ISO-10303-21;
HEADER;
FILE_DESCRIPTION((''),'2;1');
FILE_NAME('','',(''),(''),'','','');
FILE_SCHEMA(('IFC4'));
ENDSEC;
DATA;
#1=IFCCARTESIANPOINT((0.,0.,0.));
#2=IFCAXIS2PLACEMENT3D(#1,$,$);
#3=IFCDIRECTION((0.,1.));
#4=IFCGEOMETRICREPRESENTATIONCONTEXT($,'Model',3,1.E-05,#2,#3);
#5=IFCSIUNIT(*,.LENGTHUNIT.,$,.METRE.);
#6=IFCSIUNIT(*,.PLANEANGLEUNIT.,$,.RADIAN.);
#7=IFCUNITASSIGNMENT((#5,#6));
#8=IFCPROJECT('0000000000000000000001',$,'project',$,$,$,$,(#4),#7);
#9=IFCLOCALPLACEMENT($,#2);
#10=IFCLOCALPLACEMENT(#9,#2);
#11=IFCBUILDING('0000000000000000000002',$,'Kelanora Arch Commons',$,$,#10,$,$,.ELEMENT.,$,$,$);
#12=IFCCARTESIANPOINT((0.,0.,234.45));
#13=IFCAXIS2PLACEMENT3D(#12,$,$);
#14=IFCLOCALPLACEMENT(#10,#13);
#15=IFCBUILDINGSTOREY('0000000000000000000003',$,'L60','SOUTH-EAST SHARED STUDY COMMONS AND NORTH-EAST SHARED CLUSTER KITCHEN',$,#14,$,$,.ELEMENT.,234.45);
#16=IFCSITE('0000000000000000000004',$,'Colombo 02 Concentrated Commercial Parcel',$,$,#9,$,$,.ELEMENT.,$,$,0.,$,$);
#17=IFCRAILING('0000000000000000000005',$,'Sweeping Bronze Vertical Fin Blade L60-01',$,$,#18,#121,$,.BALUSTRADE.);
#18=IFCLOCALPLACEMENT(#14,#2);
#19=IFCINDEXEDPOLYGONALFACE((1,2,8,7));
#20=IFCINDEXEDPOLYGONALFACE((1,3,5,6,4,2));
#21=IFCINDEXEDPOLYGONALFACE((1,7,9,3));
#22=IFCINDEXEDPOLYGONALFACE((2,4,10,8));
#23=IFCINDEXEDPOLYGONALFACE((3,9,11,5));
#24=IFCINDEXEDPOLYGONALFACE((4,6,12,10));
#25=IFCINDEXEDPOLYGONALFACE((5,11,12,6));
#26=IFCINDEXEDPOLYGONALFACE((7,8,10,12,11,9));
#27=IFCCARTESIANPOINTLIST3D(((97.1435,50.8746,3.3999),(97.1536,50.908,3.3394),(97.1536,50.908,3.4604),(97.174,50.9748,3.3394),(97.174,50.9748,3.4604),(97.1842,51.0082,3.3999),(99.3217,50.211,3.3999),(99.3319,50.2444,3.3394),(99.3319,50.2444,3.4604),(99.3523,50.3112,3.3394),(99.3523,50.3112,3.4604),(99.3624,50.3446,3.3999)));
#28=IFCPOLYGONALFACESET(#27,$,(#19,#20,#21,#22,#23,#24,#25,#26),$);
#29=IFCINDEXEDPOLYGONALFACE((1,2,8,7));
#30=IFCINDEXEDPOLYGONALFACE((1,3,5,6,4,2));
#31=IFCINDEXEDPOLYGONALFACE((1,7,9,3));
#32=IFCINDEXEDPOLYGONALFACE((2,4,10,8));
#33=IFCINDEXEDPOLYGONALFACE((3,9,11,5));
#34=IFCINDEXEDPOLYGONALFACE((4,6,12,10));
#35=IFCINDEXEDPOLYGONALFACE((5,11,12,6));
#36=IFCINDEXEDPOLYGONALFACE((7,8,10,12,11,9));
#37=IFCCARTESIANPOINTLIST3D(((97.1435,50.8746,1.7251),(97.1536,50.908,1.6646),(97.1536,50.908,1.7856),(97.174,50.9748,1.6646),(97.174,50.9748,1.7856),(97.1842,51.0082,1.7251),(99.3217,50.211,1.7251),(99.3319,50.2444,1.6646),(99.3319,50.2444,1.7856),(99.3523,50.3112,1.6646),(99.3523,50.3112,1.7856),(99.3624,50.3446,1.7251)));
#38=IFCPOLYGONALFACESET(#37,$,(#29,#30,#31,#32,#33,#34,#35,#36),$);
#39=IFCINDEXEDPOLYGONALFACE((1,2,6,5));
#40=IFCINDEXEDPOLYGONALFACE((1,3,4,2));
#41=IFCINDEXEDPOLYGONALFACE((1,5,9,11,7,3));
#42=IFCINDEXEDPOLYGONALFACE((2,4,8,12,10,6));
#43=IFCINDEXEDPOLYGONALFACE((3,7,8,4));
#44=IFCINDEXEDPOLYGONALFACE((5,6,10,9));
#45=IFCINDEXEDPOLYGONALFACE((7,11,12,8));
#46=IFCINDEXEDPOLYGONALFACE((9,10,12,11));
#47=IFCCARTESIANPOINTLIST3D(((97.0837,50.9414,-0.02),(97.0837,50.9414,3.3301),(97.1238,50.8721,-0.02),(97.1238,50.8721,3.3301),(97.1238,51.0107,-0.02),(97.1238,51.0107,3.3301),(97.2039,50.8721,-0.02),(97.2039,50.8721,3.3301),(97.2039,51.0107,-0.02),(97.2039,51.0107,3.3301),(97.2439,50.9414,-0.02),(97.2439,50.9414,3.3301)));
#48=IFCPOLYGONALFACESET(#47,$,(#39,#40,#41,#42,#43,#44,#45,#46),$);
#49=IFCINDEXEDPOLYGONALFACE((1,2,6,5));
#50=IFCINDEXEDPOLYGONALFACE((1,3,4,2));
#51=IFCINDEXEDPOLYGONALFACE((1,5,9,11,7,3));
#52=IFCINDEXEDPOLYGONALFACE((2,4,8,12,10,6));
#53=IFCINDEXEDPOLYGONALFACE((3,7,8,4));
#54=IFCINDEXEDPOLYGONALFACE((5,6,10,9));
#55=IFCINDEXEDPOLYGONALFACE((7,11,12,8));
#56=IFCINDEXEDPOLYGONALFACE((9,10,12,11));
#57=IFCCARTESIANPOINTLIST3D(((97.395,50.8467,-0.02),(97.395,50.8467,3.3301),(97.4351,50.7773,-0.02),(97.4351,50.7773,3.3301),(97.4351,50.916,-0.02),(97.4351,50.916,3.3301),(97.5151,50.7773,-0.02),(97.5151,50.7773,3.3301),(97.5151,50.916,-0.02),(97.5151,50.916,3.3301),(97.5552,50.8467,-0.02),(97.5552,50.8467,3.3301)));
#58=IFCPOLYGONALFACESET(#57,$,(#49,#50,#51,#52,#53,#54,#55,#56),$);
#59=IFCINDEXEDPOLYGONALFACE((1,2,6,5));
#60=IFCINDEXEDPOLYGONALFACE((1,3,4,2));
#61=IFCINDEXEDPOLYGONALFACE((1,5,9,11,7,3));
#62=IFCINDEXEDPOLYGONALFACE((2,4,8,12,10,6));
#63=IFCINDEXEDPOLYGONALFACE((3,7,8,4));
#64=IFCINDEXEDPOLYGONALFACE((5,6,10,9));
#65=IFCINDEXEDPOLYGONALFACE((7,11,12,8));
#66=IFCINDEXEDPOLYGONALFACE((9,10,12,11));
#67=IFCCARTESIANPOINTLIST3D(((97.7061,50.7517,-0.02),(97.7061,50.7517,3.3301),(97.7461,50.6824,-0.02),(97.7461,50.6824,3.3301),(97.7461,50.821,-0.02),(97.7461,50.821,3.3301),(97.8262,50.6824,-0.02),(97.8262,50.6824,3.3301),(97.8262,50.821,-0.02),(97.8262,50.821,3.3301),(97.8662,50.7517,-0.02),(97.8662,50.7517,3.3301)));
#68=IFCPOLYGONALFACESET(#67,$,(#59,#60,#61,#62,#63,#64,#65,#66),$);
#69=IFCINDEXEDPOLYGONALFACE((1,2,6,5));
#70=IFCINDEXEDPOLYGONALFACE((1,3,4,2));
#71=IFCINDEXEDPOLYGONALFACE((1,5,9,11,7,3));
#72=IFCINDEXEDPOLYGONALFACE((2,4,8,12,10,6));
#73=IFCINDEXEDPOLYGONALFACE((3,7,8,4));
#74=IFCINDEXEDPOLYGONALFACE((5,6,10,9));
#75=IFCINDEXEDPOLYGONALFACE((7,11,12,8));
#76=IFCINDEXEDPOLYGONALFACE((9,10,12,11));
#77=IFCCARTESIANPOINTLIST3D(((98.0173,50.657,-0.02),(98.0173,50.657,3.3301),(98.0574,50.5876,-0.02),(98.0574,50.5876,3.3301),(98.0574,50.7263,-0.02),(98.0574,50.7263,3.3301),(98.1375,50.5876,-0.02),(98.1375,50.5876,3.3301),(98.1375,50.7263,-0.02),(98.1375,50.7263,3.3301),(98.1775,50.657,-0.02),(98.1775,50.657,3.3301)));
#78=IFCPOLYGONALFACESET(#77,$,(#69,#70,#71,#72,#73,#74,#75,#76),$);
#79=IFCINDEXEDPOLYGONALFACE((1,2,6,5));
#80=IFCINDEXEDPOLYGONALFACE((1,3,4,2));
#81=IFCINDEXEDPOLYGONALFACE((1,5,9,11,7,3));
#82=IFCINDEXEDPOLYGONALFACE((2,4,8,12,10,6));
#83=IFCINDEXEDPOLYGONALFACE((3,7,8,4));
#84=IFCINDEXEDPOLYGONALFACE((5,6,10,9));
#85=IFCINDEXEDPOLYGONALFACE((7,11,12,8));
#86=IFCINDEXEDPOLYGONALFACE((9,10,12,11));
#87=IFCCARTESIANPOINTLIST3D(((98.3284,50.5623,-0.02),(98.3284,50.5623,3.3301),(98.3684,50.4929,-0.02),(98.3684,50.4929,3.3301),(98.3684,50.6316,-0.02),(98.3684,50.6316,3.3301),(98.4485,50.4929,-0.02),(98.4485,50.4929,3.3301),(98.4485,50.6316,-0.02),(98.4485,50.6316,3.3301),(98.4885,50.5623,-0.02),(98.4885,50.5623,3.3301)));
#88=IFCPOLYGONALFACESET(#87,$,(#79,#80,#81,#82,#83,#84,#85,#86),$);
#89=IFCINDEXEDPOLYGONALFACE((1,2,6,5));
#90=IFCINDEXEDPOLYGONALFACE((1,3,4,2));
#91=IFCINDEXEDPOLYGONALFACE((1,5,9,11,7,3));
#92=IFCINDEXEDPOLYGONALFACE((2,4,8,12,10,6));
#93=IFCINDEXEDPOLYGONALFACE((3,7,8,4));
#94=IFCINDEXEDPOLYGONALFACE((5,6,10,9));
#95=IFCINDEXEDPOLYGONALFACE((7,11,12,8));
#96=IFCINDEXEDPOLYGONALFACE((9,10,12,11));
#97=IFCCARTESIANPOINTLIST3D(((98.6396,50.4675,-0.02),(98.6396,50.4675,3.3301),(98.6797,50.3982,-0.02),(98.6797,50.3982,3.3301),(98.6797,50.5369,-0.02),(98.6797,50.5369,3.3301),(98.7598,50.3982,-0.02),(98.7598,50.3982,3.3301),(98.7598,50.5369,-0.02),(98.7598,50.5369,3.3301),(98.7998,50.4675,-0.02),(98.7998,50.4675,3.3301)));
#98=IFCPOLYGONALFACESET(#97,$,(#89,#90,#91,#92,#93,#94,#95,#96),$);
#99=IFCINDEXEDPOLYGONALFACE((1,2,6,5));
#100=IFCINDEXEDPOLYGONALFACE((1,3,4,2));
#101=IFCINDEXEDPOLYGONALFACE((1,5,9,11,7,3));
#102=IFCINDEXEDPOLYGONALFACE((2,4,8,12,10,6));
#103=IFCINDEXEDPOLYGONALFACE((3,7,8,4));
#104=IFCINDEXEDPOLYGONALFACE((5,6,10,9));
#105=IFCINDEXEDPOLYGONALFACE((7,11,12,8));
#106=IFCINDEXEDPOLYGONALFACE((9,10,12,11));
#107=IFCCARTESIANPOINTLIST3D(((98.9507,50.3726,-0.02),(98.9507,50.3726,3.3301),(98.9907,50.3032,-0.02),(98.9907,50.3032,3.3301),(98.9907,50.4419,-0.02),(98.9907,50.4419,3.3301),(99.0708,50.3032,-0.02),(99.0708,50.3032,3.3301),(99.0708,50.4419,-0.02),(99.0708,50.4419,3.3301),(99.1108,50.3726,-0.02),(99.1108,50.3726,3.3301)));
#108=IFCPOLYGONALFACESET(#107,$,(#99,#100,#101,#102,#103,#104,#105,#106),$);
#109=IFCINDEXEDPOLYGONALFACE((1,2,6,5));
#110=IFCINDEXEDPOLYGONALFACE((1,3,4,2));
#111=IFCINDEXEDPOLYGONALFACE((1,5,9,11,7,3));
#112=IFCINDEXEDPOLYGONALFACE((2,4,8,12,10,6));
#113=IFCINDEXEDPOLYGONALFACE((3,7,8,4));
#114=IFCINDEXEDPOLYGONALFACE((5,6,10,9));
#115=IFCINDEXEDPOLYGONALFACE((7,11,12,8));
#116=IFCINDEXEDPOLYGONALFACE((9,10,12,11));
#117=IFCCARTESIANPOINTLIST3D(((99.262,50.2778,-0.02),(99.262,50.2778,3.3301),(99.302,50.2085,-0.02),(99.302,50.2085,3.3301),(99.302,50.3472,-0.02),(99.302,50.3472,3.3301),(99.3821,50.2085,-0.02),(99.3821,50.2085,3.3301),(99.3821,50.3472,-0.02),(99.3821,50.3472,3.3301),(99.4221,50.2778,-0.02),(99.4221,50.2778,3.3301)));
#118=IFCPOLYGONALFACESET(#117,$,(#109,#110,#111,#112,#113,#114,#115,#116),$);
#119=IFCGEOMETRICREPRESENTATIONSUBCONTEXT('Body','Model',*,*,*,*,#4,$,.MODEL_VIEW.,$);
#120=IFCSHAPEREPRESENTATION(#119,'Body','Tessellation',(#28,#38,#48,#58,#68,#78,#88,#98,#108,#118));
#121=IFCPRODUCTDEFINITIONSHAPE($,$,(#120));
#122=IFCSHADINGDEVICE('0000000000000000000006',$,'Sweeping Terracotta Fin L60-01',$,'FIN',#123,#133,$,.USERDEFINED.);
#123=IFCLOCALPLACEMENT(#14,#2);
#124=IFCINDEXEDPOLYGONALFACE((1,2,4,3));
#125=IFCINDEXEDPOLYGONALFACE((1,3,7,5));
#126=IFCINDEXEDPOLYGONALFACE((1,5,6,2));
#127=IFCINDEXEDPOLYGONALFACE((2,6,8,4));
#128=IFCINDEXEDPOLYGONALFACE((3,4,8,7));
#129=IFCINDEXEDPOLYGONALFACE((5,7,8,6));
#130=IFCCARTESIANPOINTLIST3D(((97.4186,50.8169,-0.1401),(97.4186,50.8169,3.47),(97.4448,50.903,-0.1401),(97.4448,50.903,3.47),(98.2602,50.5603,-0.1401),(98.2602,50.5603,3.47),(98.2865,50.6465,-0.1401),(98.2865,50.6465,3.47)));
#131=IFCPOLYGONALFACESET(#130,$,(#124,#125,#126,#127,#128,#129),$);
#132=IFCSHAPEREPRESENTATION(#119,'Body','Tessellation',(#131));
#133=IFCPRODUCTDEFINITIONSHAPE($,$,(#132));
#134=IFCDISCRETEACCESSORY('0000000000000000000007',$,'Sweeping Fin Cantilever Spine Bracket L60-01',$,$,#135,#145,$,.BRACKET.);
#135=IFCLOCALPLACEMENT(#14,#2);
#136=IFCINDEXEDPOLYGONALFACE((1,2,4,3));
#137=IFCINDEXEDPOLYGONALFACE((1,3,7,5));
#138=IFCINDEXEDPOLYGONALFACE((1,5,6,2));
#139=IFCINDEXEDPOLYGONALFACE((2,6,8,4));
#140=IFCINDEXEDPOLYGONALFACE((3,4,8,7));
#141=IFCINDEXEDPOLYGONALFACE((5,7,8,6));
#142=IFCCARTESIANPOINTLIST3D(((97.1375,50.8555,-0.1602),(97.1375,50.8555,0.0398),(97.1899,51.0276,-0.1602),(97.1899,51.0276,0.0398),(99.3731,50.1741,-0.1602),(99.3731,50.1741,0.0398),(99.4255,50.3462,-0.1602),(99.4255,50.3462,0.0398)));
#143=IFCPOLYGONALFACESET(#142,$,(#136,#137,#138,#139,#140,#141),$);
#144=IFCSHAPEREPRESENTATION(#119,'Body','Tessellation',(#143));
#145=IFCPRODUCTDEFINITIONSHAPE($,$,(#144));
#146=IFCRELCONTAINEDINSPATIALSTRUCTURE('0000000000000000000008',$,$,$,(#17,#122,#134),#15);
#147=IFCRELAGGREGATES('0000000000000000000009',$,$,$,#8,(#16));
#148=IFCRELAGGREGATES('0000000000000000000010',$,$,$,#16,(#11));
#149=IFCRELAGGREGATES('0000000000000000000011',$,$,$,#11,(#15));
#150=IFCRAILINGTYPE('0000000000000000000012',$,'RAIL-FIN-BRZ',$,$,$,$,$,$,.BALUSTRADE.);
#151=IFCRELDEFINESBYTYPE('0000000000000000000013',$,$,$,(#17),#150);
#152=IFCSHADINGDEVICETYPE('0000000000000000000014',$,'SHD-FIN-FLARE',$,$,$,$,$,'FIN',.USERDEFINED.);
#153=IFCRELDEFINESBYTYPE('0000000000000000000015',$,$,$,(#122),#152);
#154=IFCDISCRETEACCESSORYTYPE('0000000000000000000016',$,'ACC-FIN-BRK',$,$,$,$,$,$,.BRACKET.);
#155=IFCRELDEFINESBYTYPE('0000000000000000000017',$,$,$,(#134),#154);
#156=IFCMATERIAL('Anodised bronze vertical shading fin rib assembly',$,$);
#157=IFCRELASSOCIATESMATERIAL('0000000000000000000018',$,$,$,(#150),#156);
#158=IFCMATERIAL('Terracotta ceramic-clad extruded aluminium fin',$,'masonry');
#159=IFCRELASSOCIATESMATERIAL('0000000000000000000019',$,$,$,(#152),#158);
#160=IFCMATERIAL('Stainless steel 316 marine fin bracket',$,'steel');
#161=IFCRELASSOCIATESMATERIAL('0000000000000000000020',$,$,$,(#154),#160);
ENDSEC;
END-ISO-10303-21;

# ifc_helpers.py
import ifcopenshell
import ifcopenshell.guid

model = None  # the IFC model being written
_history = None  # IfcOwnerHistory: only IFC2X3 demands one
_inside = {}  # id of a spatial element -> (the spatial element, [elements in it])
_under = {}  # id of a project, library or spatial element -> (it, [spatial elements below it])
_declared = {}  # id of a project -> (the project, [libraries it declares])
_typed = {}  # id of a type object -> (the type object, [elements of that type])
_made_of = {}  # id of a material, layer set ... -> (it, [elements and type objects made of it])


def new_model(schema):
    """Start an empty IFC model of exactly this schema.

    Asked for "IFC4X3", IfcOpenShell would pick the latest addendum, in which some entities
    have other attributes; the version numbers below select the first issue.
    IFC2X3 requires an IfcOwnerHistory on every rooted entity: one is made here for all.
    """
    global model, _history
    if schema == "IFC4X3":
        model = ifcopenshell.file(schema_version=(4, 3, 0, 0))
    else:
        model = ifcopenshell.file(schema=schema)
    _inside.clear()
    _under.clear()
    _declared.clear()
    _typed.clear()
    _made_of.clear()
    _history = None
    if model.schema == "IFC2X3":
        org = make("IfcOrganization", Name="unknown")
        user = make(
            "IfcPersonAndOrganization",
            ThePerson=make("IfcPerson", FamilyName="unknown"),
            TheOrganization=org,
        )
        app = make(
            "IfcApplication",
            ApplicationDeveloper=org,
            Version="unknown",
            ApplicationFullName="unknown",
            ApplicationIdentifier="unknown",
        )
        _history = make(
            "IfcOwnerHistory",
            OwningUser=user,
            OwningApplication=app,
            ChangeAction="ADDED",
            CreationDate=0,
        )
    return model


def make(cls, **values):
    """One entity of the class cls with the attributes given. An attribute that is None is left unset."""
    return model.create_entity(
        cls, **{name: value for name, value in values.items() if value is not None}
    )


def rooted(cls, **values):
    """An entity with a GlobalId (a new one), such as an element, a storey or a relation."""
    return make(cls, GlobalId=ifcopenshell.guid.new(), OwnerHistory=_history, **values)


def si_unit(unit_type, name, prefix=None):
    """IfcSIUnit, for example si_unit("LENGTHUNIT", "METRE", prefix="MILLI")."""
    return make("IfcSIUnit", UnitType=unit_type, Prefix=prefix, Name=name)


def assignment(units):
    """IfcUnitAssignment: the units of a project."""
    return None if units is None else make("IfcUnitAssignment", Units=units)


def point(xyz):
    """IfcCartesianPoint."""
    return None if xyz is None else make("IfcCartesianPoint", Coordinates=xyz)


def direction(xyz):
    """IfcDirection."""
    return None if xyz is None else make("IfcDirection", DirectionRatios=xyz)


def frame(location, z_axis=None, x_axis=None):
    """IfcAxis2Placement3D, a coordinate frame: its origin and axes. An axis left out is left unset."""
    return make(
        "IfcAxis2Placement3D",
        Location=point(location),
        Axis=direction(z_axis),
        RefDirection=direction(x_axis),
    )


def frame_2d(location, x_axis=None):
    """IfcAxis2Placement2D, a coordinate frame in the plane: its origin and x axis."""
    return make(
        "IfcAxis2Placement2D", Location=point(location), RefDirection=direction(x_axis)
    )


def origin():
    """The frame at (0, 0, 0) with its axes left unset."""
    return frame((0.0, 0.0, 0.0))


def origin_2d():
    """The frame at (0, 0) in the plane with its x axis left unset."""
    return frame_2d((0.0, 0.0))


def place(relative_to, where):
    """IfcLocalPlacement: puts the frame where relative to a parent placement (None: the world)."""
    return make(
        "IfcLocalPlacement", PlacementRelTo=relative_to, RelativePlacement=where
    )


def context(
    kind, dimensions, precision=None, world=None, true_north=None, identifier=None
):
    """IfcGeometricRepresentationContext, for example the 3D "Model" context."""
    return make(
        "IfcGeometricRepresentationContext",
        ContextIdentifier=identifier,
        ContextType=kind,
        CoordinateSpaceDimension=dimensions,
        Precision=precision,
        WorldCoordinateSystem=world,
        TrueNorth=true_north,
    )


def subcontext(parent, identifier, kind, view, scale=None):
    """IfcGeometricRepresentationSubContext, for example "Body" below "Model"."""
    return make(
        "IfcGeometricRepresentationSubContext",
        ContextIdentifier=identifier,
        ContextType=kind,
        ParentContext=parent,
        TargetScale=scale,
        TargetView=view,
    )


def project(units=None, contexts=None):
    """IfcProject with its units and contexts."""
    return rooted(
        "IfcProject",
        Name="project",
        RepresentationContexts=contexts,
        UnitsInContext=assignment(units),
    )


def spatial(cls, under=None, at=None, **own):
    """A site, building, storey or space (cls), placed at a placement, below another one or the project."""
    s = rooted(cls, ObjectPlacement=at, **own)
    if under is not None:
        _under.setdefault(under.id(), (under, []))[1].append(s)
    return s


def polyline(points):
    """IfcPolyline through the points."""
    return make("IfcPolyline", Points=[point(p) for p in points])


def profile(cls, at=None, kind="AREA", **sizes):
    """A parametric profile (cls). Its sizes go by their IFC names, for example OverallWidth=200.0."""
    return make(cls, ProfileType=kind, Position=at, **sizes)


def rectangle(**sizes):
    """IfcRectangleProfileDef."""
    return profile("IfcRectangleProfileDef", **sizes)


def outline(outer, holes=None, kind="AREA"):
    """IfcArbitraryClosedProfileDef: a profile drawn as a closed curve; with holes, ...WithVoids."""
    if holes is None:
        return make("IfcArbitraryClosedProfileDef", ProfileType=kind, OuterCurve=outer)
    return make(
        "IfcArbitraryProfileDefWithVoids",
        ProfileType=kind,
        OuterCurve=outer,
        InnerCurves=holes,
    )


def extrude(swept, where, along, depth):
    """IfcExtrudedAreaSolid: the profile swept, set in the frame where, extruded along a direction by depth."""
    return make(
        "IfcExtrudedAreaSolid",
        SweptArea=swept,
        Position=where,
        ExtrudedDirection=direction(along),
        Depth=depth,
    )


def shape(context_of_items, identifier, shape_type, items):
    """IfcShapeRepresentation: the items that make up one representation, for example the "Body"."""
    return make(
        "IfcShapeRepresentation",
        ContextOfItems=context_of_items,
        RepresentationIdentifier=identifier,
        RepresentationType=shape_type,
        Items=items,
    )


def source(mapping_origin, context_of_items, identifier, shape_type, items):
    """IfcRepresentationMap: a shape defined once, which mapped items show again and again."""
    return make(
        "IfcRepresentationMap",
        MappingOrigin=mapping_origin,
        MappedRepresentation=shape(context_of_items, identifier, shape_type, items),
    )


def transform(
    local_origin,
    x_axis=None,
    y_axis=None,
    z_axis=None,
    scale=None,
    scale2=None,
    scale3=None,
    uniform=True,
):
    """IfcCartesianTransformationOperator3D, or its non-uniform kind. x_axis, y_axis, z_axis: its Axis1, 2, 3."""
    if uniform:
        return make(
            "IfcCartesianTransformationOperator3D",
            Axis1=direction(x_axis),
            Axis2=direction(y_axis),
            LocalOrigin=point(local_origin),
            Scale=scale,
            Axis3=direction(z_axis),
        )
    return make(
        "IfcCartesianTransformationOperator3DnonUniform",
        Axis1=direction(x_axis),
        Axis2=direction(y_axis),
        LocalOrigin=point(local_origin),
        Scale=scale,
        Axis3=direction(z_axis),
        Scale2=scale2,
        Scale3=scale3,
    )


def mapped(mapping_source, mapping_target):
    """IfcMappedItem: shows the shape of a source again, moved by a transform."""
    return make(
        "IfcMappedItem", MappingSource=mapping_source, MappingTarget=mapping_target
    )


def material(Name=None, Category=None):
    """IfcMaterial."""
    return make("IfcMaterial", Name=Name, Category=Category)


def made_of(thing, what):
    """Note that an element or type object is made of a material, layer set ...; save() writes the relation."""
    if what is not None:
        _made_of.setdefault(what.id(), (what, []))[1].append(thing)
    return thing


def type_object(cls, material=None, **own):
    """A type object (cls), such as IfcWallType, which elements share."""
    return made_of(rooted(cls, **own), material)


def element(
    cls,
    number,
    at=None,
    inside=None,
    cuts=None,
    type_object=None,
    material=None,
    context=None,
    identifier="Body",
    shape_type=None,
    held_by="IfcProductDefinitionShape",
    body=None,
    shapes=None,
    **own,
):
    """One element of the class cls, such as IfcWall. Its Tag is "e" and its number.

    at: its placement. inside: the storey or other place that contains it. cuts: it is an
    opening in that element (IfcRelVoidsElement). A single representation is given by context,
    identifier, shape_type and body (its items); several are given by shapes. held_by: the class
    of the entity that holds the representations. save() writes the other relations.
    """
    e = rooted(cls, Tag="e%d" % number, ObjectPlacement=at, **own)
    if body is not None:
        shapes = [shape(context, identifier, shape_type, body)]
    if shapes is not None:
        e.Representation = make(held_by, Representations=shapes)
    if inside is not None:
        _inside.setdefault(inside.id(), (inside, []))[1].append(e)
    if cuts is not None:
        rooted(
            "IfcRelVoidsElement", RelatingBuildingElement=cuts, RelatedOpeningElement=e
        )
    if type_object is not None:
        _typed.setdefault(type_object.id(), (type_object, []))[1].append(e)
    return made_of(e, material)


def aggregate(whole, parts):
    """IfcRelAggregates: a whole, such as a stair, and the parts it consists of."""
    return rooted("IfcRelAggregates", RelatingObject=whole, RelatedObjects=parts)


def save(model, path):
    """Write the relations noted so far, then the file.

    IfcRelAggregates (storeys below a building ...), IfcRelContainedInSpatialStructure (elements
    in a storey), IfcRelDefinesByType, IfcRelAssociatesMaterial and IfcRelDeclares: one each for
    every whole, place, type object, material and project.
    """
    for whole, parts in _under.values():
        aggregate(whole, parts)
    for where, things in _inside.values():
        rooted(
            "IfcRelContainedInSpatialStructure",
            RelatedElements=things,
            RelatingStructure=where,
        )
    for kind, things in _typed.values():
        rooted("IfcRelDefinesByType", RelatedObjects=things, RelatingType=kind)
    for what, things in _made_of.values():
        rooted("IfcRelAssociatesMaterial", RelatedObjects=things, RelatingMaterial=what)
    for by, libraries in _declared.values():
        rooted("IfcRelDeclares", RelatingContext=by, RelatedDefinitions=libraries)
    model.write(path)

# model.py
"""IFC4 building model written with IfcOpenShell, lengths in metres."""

from ifc_helpers import new_model, si_unit, direction, frame, origin, origin_2d, place, context, subcontext, project, spatial, polyline, rectangle, outline, extrude, source, transform, mapped, material, type_object, element, save


model = new_model("IFC4")

# Units and contexts
model_context = context("Model", 3, precision=1e-05, world=origin(), true_north=direction((0.0, 1.0)))
body_context = subcontext(model_context, "Body", "Model", "MODEL_VIEW")
ifc_project = project(units=[si_unit("LENGTHUNIT", "METRE"), si_unit("PLANEANGLEUNIT", "RADIAN")], contexts=[model_context])

# Site, building, storey
site_placement = place(None, origin())
site = spatial("IfcSite", under=ifc_project, at=site_placement, Name="Colombo 02 Concentrated Commercial Parcel", CompositionType="ELEMENT", RefElevation=0.0)
building_placement = place(site_placement, origin())
building = spatial("IfcBuilding", under=site, at=building_placement, Name="Kelanora Arch Commons", CompositionType="ELEMENT")
storey_placement = place(building_placement, frame((0.0, 0.0, 234.45)))
storey = spatial("IfcBuildingStorey", under=building, at=storey_placement, Name="L60", Description="SOUTH-EAST SHARED STUDY COMMONS AND NORTH-EAST SHARED CLUSTER KITCHEN", CompositionType="ELEMENT", Elevation=234.45)

# Railing
ifc_material_1 = material(Name="Anodised bronze vertical shading fin rib assembly")
railing_type = type_object("IfcRailingType", Name="RAIL-FIN-BRZ", PredefinedType="BALUSTRADE", material=ifc_material_1)
railing_placement = place(storey_placement, frame((97.1638, 50.9414, -0.02)))
element("IfcRailing", 1, at=railing_placement, inside=storey, type_object=railing_type, Name="Sweeping Bronze Vertical Fin Blade L60-01", PredefinedType="BALUSTRADE", context=body_context, shape_type="SweptSolid", body=[
    extrude(outline(polyline([(0.0698, 0.0), (0.0349, 0.0605), (-0.0349, 0.0605), (-0.0698, 0.0), (-0.0349, -0.0605), (0.0349, -0.0605), (0.0698, 0.0)])), frame((0.0, 0.0, 3.4199), z_axis=(0.956596, -0.291418, 0.0), x_axis=(0.291418, 0.956596, 0.0)), (0.0, 0.0, 1.0), 2.2771),
    extrude(outline(polyline([(0.0698, 0.0), (0.0349, 0.0605), (-0.0349, 0.0605), (-0.0698, 0.0), (-0.0349, -0.0605), (0.0349, -0.0605), (0.0698, 0.0)])), frame((0.0, 0.0, 1.7451), z_axis=(0.956596, -0.291418, 0.0), x_axis=(0.291418, 0.956596, 0.0)), (0.0, 0.0, 1.0), 2.2771),
    extrude(outline(polyline([(0.0801, 0.0), (0.04, 0.0693), (-0.04, 0.0693), (-0.0801, 0.0), (-0.04, -0.0693), (0.04, -0.0693), (0.0801, 0.0)])), origin(), (0.0, 0.0, 1.0), 3.3501),
    extrude(outline(polyline([(0.0801, 0.0), (0.04, 0.0693), (-0.04, 0.0693), (-0.0801, 0.0), (-0.04, -0.0693), (0.04, -0.0693), (0.0801, 0.0)])), frame((0.3113, -0.0947, 0.0)), (0.0, 0.0, 1.0), 3.3501),
    extrude(outline(polyline([(0.0801, 0.0), (0.04, 0.0693), (-0.04, 0.0693), (-0.0801, 0.0), (-0.04, -0.0693), (0.04, -0.0693), (0.0801, 0.0)])), frame((0.6223, -0.1897, 0.0)), (0.0, 0.0, 1.0), 3.3501),
    extrude(outline(polyline([(0.0801, 0.0), (0.04, 0.0693), (-0.04, 0.0693), (-0.0801, 0.0), (-0.04, -0.0693), (0.04, -0.0693), (0.0801, 0.0)])), frame((0.9336, -0.2844, 0.0)), (0.0, 0.0, 1.0), 3.3501),
    extrude(outline(polyline([(0.0801, 0.0), (0.04, 0.0693), (-0.04, 0.0693), (-0.0801, 0.0), (-0.04, -0.0693), (0.04, -0.0693), (0.0801, 0.0)])), frame((1.2446, -0.3792, 0.0)), (0.0, 0.0, 1.0), 3.3501),
    extrude(outline(polyline([(0.0801, 0.0), (0.04, 0.0693), (-0.04, 0.0693), (-0.0801, 0.0), (-0.04, -0.0693), (0.04, -0.0693), (0.0801, 0.0)])), frame((1.5559, -0.4739, 0.0)), (0.0, 0.0, 1.0), 3.3501),
    extrude(outline(polyline([(0.0801, 0.0), (0.04, 0.0693), (-0.04, 0.0693), (-0.0801, 0.0), (-0.04, -0.0693), (0.04, -0.0693), (0.0801, 0.0)])), frame((1.8669, -0.5688, 0.0)), (0.0, 0.0, 1.0), 3.3501),
    extrude(outline(polyline([(0.0801, 0.0), (0.04, 0.0693), (-0.04, 0.0693), (-0.0801, 0.0), (-0.04, -0.0693), (0.04, -0.0693), (0.0801, 0.0)])), frame((2.1782, -0.6636, 0.0)), (0.0, 0.0, 1.0), 3.3501),
])

# Shading device
ifc_material_2 = material(Name="Terracotta ceramic-clad extruded aluminium fin", Category="masonry")
shading_device_type = type_object("IfcShadingDeviceType", Name="SHD-FIN-FLARE", ElementType="FIN", PredefinedType="USERDEFINED", material=ifc_material_2)
shared_shape_1 = source(origin(), body_context, "Body", "SweptSolid", [
    extrude(rectangle(XDim=0.8799, YDim=0.0901, at=origin_2d()), origin(), (0.0, 0.0, 1.0), 3.6101),
])
shading_device_placement = place(storey_placement, frame((97.8525, 50.7317, -0.1401), z_axis=(0.0, 0.0, 1.0), x_axis=(0.95656, -0.291537, 0.0)))
element("IfcShadingDevice", 2, at=shading_device_placement, inside=storey, type_object=shading_device_type, Name="Sweeping Terracotta Fin L60-01", ObjectType="FIN", PredefinedType="USERDEFINED", context=body_context, shape_type="MappedRepresentation", body=[
    mapped(shared_shape_1, transform((0.0, 0.0, 0.0), scale=1.0)),
])

# Discrete accessory
ifc_material_3 = material(Name="Stainless steel 316 marine fin bracket", Category="steel")
discrete_accessory_type = type_object("IfcDiscreteAccessoryType", Name="ACC-FIN-BRK", PredefinedType="BRACKET", material=ifc_material_3)
shared_shape_2 = source(origin(), body_context, "Body", "SweptSolid", [
    extrude(rectangle(XDim=2.3372, YDim=0.1799, at=origin_2d()), origin(), (0.0, 0.0, 1.0), 0.2),
])
discrete_accessory_placement = place(storey_placement, frame((98.2815, 50.6008, -0.1602), z_axis=(0.0, 0.0, 1.0), x_axis=(0.95656, -0.291537, 0.0)))
element("IfcDiscreteAccessory", 3, at=discrete_accessory_placement, inside=storey, type_object=discrete_accessory_type, Name="Sweeping Fin Cantilever Spine Bracket L60-01", PredefinedType="BRACKET", context=body_context, shape_type="MappedRepresentation", body=[
    mapped(shared_shape_2, transform((0.0, 0.0, 0.0), scale=1.0)),
])

save(model, "model.ifc")
